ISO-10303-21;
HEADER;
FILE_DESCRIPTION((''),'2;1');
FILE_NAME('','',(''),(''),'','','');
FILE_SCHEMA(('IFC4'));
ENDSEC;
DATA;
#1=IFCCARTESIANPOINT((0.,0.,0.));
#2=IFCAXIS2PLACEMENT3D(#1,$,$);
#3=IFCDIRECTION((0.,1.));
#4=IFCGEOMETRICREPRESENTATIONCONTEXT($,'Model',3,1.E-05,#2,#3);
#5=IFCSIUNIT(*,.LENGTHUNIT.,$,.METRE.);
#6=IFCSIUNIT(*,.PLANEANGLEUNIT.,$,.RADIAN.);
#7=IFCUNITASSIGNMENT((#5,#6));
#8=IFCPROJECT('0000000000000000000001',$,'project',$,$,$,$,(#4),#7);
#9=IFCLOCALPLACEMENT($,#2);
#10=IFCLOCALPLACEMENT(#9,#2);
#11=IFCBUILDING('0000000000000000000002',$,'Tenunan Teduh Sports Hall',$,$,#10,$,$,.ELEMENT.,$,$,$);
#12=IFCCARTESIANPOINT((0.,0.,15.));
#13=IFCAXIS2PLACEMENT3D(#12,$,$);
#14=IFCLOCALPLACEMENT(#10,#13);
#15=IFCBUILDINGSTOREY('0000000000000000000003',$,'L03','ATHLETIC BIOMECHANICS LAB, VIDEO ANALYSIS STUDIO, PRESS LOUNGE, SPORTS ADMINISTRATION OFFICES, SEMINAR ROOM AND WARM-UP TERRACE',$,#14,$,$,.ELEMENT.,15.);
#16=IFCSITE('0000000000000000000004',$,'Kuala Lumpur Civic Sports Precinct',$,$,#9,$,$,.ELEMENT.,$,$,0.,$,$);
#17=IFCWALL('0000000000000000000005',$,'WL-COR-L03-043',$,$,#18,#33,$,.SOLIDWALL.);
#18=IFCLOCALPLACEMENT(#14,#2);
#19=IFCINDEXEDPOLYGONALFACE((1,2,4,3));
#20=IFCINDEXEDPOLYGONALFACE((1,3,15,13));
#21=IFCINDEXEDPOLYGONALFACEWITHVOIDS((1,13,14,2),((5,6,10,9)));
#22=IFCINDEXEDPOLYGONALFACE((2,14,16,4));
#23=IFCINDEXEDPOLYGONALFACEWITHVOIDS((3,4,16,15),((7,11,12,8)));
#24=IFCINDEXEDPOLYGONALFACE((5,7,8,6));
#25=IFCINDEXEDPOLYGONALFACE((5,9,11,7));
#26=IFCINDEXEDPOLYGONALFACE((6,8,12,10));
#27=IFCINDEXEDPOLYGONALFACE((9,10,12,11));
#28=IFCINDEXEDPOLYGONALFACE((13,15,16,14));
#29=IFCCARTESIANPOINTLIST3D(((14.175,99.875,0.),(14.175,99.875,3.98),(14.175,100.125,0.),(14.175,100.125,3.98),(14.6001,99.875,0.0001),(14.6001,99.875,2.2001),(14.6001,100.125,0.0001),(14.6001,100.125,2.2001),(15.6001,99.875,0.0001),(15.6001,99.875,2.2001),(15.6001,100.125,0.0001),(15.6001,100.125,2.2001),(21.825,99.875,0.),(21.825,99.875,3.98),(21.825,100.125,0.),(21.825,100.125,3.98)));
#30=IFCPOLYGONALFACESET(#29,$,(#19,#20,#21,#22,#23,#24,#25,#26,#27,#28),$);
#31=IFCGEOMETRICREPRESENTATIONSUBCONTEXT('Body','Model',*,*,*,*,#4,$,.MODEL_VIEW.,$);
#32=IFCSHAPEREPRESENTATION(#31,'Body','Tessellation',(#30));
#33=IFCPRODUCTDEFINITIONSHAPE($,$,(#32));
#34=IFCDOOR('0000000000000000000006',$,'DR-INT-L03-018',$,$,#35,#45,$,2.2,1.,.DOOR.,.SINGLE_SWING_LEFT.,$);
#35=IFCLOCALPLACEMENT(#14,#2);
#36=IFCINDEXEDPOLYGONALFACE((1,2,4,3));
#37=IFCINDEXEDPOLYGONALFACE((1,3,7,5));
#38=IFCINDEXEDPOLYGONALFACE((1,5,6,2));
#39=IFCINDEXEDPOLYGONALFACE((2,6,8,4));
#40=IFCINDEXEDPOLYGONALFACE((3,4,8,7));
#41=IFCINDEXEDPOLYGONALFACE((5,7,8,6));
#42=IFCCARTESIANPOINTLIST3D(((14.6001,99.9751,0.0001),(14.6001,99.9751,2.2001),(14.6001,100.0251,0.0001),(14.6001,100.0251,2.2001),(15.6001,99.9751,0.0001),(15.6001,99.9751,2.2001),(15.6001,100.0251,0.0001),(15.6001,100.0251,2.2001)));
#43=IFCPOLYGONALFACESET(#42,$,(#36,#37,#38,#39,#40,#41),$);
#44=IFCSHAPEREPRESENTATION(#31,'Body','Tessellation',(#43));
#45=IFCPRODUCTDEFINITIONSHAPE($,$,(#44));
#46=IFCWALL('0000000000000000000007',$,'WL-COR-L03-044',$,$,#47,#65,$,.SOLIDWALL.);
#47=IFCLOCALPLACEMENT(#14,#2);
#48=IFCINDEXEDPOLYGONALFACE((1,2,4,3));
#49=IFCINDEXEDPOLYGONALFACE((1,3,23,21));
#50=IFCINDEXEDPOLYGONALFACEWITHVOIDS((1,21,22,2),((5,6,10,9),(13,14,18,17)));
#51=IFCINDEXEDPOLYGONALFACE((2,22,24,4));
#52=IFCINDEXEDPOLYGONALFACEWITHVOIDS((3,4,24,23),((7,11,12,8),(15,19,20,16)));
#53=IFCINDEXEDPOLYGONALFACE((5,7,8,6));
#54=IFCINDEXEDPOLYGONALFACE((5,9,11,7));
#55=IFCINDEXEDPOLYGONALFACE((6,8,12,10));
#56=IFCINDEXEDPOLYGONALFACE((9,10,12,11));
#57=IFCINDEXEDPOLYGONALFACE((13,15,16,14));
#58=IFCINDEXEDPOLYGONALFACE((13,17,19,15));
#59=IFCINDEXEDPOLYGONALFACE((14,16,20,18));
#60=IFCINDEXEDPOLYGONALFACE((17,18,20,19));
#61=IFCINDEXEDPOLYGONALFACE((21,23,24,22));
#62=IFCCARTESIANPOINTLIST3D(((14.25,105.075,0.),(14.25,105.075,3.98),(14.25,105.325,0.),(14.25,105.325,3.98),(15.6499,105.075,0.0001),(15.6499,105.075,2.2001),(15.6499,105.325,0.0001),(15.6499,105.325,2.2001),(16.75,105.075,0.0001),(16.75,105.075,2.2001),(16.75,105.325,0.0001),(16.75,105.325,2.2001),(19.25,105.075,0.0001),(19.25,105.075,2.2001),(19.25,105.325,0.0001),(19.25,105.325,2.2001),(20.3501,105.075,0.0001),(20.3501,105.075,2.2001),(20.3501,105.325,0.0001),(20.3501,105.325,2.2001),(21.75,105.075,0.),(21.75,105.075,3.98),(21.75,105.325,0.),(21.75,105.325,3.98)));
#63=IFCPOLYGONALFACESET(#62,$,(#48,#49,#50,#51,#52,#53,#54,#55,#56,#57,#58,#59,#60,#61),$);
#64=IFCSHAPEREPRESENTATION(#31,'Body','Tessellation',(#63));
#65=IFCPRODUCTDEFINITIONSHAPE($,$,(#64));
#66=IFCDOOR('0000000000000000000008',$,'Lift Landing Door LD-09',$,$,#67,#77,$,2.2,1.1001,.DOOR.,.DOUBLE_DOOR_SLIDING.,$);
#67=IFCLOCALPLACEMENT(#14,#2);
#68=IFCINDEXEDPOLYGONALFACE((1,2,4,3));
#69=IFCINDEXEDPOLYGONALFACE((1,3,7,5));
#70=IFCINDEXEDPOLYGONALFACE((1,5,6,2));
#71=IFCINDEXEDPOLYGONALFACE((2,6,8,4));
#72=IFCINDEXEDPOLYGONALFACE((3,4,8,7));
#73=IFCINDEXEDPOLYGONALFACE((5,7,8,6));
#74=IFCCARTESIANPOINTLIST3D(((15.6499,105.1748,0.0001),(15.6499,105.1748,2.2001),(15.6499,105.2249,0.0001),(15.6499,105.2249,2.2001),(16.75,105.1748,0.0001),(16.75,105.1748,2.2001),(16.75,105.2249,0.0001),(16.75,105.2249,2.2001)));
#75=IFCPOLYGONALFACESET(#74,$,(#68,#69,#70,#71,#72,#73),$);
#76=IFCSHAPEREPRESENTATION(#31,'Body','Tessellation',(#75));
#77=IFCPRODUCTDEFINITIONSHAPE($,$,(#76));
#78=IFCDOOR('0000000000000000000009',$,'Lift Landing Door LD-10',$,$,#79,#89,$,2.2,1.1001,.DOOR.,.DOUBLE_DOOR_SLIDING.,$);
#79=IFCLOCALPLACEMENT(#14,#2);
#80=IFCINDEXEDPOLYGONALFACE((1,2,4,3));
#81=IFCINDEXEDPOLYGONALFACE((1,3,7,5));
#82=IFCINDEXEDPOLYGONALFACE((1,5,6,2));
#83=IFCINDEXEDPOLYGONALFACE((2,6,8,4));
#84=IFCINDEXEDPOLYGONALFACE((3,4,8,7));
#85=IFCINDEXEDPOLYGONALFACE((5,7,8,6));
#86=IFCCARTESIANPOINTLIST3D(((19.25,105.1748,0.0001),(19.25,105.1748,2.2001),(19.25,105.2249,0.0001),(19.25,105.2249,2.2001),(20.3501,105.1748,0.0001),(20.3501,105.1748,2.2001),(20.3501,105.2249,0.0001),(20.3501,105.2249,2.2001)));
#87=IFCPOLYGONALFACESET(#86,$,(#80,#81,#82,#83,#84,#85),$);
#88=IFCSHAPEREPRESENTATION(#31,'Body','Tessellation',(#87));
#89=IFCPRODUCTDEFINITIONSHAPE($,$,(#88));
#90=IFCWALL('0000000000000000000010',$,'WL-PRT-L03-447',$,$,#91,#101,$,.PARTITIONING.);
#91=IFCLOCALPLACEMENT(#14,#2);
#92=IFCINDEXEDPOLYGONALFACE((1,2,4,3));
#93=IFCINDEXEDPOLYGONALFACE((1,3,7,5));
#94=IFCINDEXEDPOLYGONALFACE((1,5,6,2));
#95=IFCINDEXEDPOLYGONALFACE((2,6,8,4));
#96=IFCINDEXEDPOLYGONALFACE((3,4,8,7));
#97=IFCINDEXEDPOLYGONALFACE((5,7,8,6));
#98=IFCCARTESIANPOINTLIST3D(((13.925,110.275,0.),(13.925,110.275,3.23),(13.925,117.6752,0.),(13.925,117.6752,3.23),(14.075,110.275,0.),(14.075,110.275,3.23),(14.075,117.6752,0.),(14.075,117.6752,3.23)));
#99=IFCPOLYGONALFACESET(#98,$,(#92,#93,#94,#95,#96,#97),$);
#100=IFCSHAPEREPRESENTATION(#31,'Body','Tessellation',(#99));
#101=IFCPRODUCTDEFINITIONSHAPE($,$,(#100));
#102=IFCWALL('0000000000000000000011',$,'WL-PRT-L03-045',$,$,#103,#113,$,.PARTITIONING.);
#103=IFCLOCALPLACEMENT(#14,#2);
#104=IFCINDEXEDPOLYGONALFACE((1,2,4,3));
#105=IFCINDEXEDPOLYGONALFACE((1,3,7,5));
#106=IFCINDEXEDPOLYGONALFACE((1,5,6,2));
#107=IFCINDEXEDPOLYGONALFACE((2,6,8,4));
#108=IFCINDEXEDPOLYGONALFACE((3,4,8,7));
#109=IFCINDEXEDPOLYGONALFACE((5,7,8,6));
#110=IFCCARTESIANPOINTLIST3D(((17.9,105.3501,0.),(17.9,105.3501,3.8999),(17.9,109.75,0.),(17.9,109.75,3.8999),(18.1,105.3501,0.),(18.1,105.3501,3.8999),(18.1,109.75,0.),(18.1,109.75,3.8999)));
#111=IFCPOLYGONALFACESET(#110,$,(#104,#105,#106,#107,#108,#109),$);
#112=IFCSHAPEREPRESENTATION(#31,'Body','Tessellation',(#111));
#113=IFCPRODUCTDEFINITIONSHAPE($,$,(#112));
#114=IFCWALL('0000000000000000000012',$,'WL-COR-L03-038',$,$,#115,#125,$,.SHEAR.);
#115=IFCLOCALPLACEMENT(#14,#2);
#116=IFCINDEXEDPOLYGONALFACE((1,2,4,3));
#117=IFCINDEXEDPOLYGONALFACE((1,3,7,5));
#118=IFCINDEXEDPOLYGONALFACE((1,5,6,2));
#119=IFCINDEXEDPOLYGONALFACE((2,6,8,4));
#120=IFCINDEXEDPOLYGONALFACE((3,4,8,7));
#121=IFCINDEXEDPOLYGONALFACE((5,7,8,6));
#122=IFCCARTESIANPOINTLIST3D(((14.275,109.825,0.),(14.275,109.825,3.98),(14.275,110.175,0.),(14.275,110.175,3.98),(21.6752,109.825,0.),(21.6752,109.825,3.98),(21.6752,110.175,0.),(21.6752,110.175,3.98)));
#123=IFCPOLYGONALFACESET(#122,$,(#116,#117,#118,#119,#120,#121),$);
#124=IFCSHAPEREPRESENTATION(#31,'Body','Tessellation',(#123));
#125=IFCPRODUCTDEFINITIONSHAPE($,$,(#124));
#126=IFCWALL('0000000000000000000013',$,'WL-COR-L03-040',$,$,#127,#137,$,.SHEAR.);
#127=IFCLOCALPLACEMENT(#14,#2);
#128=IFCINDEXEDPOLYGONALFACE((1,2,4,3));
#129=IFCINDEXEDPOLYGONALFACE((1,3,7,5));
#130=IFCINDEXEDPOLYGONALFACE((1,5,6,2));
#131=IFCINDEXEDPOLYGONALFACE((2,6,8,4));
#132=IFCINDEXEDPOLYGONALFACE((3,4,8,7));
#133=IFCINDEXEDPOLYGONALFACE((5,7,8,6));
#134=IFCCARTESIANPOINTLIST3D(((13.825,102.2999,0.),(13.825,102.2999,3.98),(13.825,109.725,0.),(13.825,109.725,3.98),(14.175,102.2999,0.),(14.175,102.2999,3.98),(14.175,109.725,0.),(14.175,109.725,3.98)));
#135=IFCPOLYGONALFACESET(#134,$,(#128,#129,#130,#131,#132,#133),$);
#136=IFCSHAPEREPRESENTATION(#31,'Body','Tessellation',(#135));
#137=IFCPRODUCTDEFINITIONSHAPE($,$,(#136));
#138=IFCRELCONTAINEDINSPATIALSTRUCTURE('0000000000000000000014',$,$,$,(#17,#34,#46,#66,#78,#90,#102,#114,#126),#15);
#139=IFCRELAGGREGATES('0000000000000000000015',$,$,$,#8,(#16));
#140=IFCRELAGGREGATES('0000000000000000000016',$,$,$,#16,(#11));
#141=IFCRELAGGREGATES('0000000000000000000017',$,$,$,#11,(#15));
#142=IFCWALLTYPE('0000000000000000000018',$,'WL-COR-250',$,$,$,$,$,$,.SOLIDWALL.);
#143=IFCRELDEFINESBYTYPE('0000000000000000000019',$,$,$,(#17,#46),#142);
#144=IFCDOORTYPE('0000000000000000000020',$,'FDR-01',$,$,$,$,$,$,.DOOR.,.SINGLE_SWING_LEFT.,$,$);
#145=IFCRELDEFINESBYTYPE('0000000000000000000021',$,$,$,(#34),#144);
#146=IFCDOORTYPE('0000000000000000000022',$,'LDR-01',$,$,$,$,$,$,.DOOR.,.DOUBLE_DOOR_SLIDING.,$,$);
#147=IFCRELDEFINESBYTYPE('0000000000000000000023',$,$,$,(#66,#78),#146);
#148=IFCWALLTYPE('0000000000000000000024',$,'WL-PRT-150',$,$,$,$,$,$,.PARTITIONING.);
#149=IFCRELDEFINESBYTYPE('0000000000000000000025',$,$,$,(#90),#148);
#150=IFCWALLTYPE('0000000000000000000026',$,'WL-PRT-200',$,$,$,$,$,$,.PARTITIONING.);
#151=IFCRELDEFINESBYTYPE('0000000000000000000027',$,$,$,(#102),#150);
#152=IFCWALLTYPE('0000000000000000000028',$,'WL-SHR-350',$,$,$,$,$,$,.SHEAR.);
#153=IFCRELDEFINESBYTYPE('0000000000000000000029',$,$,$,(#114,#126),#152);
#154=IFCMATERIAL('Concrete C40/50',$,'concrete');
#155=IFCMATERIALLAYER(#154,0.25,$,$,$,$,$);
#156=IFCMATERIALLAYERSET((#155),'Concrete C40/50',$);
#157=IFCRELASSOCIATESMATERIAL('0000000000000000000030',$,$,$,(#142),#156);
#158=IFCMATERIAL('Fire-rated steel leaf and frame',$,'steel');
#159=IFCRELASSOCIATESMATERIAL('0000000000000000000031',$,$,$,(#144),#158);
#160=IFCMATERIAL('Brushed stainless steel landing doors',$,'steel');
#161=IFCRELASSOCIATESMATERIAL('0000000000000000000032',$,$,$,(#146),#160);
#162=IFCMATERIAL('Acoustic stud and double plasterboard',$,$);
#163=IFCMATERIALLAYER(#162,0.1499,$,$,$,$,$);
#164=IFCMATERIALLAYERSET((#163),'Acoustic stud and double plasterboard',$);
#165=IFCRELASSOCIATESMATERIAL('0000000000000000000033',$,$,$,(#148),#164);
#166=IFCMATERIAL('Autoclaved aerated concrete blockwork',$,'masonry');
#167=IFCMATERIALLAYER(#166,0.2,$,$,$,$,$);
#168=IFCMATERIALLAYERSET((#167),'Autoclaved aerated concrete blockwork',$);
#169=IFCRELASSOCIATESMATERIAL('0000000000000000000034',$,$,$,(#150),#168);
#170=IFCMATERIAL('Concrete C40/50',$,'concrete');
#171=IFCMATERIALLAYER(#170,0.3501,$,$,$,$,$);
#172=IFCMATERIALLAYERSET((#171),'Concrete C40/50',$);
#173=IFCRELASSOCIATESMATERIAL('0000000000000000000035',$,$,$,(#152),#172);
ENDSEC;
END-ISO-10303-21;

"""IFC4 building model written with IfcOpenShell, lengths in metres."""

from ifc_helpers import new_model, si_unit, direction, frame, frame_2d, origin, place, context, subcontext, project, spatial, rectangle, extrude, material, layer, layer_set, type_object, element, fill, save


model = new_model("IFC4")

# Units and contexts
model_context = context("Model", 3, precision=1e-05, world=origin(), true_north=direction((0.0, 1.0)))
body_context = subcontext(model_context, "Body", "Model", "MODEL_VIEW")
ifc_project = project(units=[si_unit("LENGTHUNIT", "METRE"), si_unit("PLANEANGLEUNIT", "RADIAN")], contexts=[model_context])

# Site, building, storey
site_placement = place(None, origin())
site = spatial("IfcSite", under=ifc_project, at=site_placement, Name="Kuala Lumpur Civic Sports Precinct", CompositionType="ELEMENT", RefElevation=0.0)
building_placement = place(site_placement, origin())
building = spatial("IfcBuilding", under=site, at=building_placement, Name="Tenunan Teduh Sports Hall", CompositionType="ELEMENT")
storey_placement = place(building_placement, frame((0.0, 0.0, 15.0)))
storey = spatial("IfcBuildingStorey", under=building, at=storey_placement, Name="L03", Description="ATHLETIC BIOMECHANICS LAB, VIDEO ANALYSIS STUDIO, PRESS LOUNGE, SPORTS ADMINISTRATION OFFICES, SEMINAR ROOM AND WARM-UP TERRACE", CompositionType="ELEMENT", Elevation=15.0)

# Wall, opening, door
ifc_material_1 = material(Name="Concrete C40/50", Category="concrete")
ifc_layer_1 = layer(ifc_material_1, 0.25)
ifc_layer_set_1 = layer_set([ifc_layer_1], Name="Concrete C40/50")
wall_type_1 = type_object("IfcWallType", Name="WL-COR-250", PredefinedType="SOLIDWALL", material=ifc_layer_set_1)
wall_1_placement = place(storey_placement, frame((14.175, 100.0, 0.0), z_axis=(0.0, 0.0, 1.0), x_axis=(1.0, 0.0, 0.0)))
wall_1 = element("IfcWall", 1, at=wall_1_placement, inside=storey, type_object=wall_type_1, Name="WL-COR-L03-043", PredefinedType="SOLIDWALL", context=body_context, shape_type="SweptSolid", body=[
    extrude(rectangle(XDim=7.6499, YDim=0.25, at=frame_2d((3.825, 0.0))), origin(), (0.0, 0.0, 1.0), 3.98),
])
opening_1_placement = place(wall_1_placement, frame((0.425, 0.0, 0.0)))
opening_1 = element("IfcOpeningElement", 2, at=opening_1_placement, cuts=wall_1, PredefinedType="OPENING", context=body_context, shape_type="SweptSolid", body=[
    extrude(rectangle(XDim=1.0, YDim=2.2, at=frame_2d((0.5, 1.1001))), frame((0.0, 0.135, 0.0), z_axis=(0.0, -1.0, 0.0), x_axis=(1.0, 0.0, 0.0)), (0.0, 0.0, 1.0), 0.27),
])
ifc_material_2 = material(Name="Fire-rated steel leaf and frame", Category="steel")
door_type_1 = type_object("IfcDoorType", Name="FDR-01", OperationType="SINGLE_SWING_LEFT", PredefinedType="DOOR", material=ifc_material_2)
door_1_placement = place(opening_1_placement, frame((1.0, 0.0, 0.0), z_axis=(0.0, 0.0, 1.0), x_axis=(-1.0, 0.0, 0.0)))
door_1 = element("IfcDoor", 3, at=door_1_placement, inside=storey, type_object=door_type_1, Name="DR-INT-L03-018", OperationType="SINGLE_SWING_LEFT", OverallHeight=2.2, OverallWidth=1.0, PredefinedType="DOOR", context=body_context, shape_type="SweptSolid", body=[
    extrude(rectangle(XDim=1.0, YDim=2.2, at=frame_2d((0.5, 1.1001))), frame((0.0, 0.0249, 0.0), z_axis=(0.0, -1.0, 0.0), x_axis=(1.0, 0.0, 0.0)), (0.0, 0.0, 1.0), 0.05),
])
fill(opening_1, door_1)

# Wall, openings, doors
wall_2_placement = place(storey_placement, frame((14.25, 105.2, 0.0), z_axis=(0.0, 0.0, 1.0), x_axis=(1.0, 0.0, 0.0)))
wall_2 = element("IfcWall", 4, at=wall_2_placement, inside=storey, type_object=wall_type_1, Name="WL-COR-L03-044", PredefinedType="SOLIDWALL", context=body_context, shape_type="SweptSolid", body=[
    extrude(rectangle(XDim=7.5, YDim=0.25, at=frame_2d((3.75, 0.0))), origin(), (0.0, 0.0, 1.0), 3.98),
])
opening_2_placement = place(wall_2_placement, frame((1.3999, 0.0, 0.0)))
opening_2 = element("IfcOpeningElement", 5, at=opening_2_placement, cuts=wall_2, PredefinedType="OPENING", context=body_context, shape_type="SweptSolid", body=[
    extrude(rectangle(XDim=1.1001, YDim=2.2, at=frame_2d((0.55, 1.1001))), frame((0.0, 0.135, 0.0), z_axis=(0.0, -1.0, 0.0), x_axis=(1.0, 0.0, 0.0)), (0.0, 0.0, 1.0), 0.27),
])
opening_3_placement = place(wall_2_placement, frame((5.0, 0.0, 0.0)))
opening_3 = element("IfcOpeningElement", 6, at=opening_3_placement, cuts=wall_2, PredefinedType="OPENING", context=body_context, shape_type="SweptSolid", body=[
    extrude(rectangle(XDim=1.1001, YDim=2.2, at=frame_2d((0.55, 1.1001))), frame((0.0, 0.135, 0.0), z_axis=(0.0, -1.0, 0.0), x_axis=(1.0, 0.0, 0.0)), (0.0, 0.0, 1.0), 0.27),
])
ifc_material_3 = material(Name="Brushed stainless steel landing doors", Category="steel")
door_type_2 = type_object("IfcDoorType", Name="LDR-01", OperationType="DOUBLE_DOOR_SLIDING", PredefinedType="DOOR", material=ifc_material_3)
door_2_placement = place(opening_2_placement, origin())
door_2 = element("IfcDoor", 7, at=door_2_placement, inside=storey, type_object=door_type_2, Name="Lift Landing Door LD-09", OperationType="DOUBLE_DOOR_SLIDING", OverallHeight=2.2, OverallWidth=1.1001, PredefinedType="DOOR", context=body_context, shape_type="SweptSolid", body=[
    extrude(rectangle(XDim=1.1001, YDim=2.2, at=frame_2d((0.55, 1.1001))), frame((0.0, 0.0249, 0.0), z_axis=(0.0, -1.0, 0.0), x_axis=(1.0, 0.0, 0.0)), (0.0, 0.0, 1.0), 0.05),
])
fill(opening_2, door_2)
door_3_placement = place(opening_3_placement, origin())
door_3 = element("IfcDoor", 8, at=door_3_placement, inside=storey, type_object=door_type_2, Name="Lift Landing Door LD-10", OperationType="DOUBLE_DOOR_SLIDING", OverallHeight=2.2, OverallWidth=1.1001, PredefinedType="DOOR", context=body_context, shape_type="SweptSolid", body=[
    extrude(rectangle(XDim=1.1001, YDim=2.2, at=frame_2d((0.55, 1.1001))), frame((0.0, 0.0249, 0.0), z_axis=(0.0, -1.0, 0.0), x_axis=(1.0, 0.0, 0.0)), (0.0, 0.0, 1.0), 0.05),
])
fill(opening_3, door_3)

# Walls
ifc_material_4 = material(Name="Acoustic stud and double plasterboard")
ifc_layer_2 = layer(ifc_material_4, 0.1499)
ifc_layer_set_2 = layer_set([ifc_layer_2], Name="Acoustic stud and double plasterboard")
wall_type_2 = type_object("IfcWallType", Name="WL-PRT-150", PredefinedType="PARTITIONING", material=ifc_layer_set_2)
wall_3_placement = place(storey_placement, frame((14.0, 110.2749, 0.0), z_axis=(0.0, 0.0, 1.0), x_axis=(0.0, 1.0, 0.0)))
element("IfcWall", 9, at=wall_3_placement, inside=storey, type_object=wall_type_2, Name="WL-PRT-L03-447", PredefinedType="PARTITIONING", context=body_context, shape_type="SweptSolid", body=[
    extrude(rectangle(XDim=7.4001, YDim=0.1499, at=frame_2d((3.7002, 0.0))), origin(), (0.0, 0.0, 1.0), 3.23),
])
ifc_material_5 = material(Name="Autoclaved aerated concrete blockwork", Category="masonry")
ifc_layer_3 = layer(ifc_material_5, 0.2)
ifc_layer_set_3 = layer_set([ifc_layer_3], Name="Autoclaved aerated concrete blockwork")
wall_type_3 = type_object("IfcWallType", Name="WL-PRT-200", PredefinedType="PARTITIONING", material=ifc_layer_set_3)
wall_4_placement = place(storey_placement, frame((18.0, 105.3501, 0.0), z_axis=(0.0, 0.0, 1.0), x_axis=(0.0, 1.0, 0.0)))
element("IfcWall", 10, at=wall_4_placement, inside=storey, type_object=wall_type_3, Name="WL-PRT-L03-045", PredefinedType="PARTITIONING", context=body_context, shape_type="SweptSolid", body=[
    extrude(rectangle(XDim=4.3999, YDim=0.2, at=frame_2d((2.2, 0.0))), origin(), (0.0, 0.0, 1.0), 3.8999),
])
ifc_material_6 = material(Name="Concrete C40/50", Category="concrete")
ifc_layer_4 = layer(ifc_material_6, 0.3501)
ifc_layer_set_4 = layer_set([ifc_layer_4], Name="Concrete C40/50")
wall_type_4 = type_object("IfcWallType", Name="WL-SHR-350", PredefinedType="SHEAR", material=ifc_layer_set_4)
wall_5_placement = place(storey_placement, frame((14.2749, 110.0, 0.0), z_axis=(0.0, 0.0, 1.0), x_axis=(1.0, 0.0, 0.0)))
element("IfcWall", 11, at=wall_5_placement, inside=storey, type_object=wall_type_4, Name="WL-COR-L03-038", PredefinedType="SHEAR", context=body_context, shape_type="SweptSolid", body=[
    extrude(rectangle(XDim=7.4001, YDim=0.3501, at=frame_2d((3.7002, 0.0))), origin(), (0.0, 0.0, 1.0), 3.98),
])
wall_6_placement = place(storey_placement, frame((14.0, 102.3, 0.0), z_axis=(0.0, 0.0, 1.0), x_axis=(0.0, 1.0, 0.0)))
element("IfcWall", 12, at=wall_6_placement, inside=storey, type_object=wall_type_4, Name="WL-COR-L03-040", PredefinedType="SHEAR", context=body_context, shape_type="SweptSolid", body=[
    extrude(rectangle(XDim=7.425, YDim=0.3501, at=frame_2d((3.7124, 0.0))), origin(), (0.0, 0.0, 1.0), 3.98),
])

save(model, "model.ifc")
